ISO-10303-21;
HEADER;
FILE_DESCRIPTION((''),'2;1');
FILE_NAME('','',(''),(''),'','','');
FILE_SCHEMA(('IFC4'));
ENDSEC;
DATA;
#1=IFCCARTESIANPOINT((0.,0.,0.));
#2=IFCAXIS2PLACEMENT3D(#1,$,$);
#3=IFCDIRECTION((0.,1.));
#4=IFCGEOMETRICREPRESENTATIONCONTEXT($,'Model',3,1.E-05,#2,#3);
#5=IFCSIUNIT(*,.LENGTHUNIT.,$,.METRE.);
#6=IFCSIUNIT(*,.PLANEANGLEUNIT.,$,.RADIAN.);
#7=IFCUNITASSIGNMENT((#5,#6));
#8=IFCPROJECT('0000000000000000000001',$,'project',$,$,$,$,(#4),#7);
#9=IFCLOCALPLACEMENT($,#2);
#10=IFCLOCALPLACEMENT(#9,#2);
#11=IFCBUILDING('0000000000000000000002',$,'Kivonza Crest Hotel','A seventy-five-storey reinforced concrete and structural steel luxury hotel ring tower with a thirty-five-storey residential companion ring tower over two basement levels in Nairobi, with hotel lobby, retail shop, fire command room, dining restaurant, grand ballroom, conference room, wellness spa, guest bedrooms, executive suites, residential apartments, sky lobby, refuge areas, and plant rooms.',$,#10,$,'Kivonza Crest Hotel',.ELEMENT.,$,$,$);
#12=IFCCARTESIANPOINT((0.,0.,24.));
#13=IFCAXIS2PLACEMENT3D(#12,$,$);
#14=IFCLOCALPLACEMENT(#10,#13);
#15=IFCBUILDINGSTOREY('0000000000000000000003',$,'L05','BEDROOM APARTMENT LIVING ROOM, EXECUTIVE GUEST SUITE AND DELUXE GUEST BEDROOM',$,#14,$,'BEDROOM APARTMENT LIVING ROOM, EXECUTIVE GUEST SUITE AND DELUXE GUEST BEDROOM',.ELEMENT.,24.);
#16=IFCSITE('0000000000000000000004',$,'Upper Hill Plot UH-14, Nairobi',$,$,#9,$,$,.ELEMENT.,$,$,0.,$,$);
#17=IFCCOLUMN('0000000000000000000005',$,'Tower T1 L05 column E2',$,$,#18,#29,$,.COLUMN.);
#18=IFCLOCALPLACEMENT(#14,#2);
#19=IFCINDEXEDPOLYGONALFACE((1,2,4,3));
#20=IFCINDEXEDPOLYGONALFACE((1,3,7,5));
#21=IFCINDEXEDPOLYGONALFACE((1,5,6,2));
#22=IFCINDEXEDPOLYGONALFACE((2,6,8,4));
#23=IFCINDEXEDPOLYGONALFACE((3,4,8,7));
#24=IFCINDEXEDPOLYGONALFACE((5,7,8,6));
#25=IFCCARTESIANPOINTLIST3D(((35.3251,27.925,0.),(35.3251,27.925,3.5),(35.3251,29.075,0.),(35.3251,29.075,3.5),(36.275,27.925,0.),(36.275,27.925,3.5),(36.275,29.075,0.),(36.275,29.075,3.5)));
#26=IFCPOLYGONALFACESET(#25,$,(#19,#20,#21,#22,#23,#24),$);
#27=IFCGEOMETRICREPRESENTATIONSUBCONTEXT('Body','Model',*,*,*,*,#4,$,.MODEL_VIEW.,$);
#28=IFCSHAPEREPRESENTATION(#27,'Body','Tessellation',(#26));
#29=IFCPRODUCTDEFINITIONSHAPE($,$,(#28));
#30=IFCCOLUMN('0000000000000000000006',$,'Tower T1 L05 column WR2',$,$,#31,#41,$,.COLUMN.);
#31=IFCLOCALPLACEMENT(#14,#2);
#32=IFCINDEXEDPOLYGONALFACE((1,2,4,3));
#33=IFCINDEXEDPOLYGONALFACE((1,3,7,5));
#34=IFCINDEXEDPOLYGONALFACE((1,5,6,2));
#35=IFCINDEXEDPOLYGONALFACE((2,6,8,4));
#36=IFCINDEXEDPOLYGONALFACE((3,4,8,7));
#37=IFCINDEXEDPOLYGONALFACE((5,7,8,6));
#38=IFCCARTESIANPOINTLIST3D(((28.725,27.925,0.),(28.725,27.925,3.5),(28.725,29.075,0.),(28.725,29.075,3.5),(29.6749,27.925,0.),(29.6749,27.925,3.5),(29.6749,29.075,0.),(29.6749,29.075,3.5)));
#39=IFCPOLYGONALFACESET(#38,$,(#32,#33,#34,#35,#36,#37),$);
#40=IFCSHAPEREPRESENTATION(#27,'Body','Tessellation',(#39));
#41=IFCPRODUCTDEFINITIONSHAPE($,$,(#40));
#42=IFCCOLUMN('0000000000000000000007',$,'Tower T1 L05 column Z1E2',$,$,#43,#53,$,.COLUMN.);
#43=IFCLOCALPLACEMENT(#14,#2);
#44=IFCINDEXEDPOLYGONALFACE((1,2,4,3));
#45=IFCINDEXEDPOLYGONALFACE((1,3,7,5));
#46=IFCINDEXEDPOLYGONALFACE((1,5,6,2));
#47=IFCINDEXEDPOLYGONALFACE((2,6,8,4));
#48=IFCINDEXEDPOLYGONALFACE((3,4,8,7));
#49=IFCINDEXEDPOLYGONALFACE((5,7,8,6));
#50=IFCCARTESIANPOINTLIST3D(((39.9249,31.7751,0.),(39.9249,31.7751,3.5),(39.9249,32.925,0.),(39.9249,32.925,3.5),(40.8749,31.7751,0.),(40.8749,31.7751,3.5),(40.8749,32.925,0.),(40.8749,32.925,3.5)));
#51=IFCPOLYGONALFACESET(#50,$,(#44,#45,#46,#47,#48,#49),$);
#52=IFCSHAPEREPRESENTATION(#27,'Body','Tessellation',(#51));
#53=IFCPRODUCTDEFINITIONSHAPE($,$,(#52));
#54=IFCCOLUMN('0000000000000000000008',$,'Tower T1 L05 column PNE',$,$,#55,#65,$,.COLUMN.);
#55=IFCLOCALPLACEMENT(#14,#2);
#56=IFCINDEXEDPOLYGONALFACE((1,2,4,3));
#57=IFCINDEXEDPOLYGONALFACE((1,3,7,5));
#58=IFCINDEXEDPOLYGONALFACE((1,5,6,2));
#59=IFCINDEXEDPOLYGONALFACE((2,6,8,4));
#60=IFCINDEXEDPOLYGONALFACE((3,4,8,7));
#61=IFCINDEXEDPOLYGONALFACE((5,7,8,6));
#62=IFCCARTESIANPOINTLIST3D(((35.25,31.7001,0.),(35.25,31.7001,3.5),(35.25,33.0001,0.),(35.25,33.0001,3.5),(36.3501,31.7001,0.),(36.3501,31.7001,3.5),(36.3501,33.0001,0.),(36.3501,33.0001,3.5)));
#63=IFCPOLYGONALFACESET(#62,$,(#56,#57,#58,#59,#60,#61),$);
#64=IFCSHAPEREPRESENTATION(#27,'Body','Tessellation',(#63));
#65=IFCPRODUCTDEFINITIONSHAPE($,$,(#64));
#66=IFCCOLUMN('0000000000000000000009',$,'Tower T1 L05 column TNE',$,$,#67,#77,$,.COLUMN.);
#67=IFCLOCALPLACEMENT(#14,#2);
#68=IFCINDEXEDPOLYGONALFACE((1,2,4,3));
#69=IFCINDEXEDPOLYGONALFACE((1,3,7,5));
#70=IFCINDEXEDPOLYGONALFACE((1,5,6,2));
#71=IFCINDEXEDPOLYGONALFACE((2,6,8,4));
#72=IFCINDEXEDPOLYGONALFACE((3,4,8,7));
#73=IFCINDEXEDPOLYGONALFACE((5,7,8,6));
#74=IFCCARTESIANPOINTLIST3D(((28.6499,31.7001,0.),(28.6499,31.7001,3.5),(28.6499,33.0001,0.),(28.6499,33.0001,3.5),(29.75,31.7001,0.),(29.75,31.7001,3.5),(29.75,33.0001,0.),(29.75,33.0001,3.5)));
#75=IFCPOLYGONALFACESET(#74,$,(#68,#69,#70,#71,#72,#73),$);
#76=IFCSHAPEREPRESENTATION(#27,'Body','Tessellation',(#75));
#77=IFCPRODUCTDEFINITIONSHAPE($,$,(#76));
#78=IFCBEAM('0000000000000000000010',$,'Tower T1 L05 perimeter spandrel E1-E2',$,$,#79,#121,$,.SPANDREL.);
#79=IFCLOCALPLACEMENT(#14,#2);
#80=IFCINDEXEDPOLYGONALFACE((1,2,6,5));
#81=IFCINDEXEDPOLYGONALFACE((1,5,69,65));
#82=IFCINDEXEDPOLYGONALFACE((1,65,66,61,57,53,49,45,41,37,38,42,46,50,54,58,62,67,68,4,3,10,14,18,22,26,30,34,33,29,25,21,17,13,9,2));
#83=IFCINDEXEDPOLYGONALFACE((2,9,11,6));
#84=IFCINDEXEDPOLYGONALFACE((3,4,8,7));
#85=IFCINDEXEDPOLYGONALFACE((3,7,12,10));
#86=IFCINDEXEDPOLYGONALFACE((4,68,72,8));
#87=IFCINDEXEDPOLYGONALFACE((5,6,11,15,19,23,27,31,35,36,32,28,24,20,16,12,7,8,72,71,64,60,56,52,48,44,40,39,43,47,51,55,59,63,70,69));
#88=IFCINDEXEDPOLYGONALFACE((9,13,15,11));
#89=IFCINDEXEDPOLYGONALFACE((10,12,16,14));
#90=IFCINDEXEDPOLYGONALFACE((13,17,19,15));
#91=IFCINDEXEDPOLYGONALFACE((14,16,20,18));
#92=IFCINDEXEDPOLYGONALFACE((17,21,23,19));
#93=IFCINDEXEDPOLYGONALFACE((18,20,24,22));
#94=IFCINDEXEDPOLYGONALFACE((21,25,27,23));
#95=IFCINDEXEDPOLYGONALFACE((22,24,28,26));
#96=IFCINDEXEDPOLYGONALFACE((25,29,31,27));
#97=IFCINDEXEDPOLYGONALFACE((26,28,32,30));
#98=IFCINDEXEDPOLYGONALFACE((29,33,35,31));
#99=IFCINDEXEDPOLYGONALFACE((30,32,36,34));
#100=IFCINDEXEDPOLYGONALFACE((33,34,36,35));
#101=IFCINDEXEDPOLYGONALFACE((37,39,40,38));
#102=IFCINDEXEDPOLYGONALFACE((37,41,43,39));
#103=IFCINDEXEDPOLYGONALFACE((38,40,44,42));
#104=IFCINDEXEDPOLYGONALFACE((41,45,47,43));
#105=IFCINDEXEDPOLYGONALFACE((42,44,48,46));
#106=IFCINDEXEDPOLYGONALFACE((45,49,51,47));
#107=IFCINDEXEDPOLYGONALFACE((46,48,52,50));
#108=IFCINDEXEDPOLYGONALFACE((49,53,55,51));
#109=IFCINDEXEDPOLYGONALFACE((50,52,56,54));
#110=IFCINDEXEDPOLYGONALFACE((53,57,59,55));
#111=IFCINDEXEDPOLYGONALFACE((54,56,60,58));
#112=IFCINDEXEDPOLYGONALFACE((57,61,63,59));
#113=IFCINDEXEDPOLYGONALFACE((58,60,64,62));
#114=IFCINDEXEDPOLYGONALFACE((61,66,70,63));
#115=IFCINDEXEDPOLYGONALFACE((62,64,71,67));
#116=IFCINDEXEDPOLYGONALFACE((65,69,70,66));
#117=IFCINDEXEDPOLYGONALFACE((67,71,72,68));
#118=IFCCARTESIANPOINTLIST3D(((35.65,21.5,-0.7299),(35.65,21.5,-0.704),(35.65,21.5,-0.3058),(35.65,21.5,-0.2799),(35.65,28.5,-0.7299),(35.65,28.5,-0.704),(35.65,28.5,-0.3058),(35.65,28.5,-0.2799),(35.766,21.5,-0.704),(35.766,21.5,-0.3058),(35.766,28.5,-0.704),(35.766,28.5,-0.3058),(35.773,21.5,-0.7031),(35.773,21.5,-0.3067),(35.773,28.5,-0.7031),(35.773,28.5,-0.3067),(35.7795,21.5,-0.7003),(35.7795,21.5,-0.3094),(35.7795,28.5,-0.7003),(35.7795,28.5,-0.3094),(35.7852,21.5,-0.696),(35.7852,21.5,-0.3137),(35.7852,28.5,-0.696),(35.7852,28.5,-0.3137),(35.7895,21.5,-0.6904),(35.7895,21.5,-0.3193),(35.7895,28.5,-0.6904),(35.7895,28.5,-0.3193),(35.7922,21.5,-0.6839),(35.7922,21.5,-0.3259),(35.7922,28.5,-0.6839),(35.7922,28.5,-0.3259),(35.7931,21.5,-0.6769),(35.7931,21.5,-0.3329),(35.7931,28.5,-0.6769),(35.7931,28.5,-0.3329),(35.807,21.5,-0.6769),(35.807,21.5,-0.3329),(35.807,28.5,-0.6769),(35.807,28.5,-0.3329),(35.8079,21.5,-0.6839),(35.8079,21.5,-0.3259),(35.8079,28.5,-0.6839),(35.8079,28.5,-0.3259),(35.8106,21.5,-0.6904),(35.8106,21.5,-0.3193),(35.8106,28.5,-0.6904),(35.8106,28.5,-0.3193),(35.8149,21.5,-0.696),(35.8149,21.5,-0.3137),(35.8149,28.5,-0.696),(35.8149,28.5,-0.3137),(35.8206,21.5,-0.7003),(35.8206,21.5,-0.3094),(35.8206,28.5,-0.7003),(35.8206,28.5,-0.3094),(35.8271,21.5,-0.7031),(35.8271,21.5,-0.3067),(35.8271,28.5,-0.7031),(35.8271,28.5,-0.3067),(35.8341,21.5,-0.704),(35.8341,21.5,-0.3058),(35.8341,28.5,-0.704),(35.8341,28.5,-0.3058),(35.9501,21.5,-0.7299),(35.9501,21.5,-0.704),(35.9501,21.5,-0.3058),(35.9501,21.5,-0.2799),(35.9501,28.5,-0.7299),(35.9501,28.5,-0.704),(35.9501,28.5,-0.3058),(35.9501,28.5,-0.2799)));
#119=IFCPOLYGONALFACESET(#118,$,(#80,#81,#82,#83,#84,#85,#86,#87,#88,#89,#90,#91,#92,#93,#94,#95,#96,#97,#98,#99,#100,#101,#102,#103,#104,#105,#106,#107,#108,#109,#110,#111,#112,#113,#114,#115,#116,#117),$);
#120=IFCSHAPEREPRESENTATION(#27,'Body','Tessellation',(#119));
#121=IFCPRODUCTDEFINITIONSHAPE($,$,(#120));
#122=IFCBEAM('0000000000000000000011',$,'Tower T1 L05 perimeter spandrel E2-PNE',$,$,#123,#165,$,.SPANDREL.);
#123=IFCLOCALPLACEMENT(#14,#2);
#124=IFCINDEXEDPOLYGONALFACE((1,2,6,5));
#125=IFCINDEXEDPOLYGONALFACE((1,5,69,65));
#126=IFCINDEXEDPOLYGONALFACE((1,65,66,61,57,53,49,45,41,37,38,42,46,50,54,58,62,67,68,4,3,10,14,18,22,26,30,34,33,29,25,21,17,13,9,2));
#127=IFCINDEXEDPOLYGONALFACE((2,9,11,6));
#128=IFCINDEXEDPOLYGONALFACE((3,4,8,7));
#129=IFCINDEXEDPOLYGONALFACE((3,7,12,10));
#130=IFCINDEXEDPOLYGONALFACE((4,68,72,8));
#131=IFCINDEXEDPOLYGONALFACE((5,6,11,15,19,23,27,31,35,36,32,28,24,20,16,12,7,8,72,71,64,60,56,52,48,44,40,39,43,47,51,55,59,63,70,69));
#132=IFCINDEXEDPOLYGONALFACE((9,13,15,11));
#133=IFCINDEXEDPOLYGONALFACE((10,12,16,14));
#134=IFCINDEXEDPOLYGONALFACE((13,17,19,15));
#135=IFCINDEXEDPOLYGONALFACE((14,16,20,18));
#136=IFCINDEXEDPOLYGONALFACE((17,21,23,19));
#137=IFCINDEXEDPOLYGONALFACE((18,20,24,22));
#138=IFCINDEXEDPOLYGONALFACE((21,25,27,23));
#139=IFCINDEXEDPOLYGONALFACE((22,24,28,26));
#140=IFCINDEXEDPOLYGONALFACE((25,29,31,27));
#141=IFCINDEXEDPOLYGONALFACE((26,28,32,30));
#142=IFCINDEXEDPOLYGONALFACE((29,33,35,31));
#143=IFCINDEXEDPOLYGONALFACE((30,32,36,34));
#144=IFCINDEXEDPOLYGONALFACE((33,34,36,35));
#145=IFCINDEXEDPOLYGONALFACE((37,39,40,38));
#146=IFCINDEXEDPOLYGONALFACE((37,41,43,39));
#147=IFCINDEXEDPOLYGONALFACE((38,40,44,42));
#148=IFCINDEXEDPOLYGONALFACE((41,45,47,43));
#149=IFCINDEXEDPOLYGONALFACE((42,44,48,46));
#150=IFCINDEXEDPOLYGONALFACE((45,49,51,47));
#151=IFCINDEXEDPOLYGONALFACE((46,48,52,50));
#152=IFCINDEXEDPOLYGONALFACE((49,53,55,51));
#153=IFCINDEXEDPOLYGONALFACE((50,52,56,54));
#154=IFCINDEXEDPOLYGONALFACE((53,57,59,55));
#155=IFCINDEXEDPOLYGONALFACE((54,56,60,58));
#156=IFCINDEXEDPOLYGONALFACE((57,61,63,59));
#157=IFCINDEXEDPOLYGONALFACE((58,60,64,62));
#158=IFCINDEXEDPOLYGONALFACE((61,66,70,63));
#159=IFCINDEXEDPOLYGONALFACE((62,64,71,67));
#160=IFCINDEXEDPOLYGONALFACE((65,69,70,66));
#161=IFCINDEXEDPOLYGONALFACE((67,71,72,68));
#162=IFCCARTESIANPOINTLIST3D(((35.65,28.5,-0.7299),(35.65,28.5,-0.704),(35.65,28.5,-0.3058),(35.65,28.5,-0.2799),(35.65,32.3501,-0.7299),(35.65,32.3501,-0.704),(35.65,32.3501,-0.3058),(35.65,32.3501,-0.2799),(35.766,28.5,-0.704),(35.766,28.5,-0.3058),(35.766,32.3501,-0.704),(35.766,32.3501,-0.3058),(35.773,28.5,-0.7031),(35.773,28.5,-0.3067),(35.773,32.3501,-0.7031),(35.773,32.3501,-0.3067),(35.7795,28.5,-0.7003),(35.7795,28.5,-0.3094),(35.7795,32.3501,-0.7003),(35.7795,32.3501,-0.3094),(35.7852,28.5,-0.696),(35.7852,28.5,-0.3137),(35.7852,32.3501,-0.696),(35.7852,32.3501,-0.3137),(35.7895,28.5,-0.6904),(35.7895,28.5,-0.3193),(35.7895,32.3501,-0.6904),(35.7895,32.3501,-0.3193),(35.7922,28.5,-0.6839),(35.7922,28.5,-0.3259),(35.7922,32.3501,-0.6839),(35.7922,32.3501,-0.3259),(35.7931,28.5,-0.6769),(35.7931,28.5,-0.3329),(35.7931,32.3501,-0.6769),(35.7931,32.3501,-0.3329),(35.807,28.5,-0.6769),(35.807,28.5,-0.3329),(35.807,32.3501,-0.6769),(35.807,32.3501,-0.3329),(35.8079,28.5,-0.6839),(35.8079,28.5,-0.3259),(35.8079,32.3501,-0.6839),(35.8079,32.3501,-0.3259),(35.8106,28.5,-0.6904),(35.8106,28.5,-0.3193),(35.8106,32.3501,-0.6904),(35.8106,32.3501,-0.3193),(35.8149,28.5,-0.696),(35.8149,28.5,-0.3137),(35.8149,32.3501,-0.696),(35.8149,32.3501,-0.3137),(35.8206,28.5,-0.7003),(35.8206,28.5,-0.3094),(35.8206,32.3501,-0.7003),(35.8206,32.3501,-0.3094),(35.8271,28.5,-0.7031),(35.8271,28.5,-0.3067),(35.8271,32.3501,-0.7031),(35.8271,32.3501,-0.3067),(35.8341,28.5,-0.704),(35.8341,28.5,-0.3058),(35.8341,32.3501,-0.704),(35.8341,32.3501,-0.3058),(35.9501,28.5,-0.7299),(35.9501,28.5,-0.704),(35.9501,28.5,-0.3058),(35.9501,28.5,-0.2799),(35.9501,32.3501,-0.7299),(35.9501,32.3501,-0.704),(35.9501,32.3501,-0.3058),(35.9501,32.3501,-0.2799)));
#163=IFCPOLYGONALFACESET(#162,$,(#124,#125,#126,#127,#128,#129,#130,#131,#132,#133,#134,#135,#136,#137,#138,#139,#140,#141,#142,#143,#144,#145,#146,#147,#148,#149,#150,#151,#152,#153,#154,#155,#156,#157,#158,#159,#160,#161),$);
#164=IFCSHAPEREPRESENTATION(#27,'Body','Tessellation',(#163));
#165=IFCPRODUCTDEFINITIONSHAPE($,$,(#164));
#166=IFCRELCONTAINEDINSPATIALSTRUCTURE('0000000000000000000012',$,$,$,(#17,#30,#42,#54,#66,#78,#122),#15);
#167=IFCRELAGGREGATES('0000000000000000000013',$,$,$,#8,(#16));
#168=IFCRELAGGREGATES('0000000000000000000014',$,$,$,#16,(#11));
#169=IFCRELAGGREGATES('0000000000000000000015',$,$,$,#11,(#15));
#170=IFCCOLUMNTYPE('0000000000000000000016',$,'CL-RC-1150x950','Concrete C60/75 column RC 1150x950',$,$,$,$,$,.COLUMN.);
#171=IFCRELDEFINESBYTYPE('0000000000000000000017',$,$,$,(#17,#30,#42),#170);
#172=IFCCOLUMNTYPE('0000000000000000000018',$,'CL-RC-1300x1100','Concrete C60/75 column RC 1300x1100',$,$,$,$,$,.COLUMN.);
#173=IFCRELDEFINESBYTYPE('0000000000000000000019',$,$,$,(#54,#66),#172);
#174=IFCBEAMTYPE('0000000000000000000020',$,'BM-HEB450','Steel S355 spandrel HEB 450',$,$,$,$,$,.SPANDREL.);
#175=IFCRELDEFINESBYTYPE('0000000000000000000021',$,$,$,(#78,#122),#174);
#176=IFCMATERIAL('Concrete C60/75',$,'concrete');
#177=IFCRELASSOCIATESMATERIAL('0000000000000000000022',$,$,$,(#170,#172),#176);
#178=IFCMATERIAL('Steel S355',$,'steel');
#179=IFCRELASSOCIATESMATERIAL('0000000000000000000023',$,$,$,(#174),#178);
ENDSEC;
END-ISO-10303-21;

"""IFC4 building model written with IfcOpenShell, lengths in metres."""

from ifc_helpers import new_model, si_unit, direction, frame, origin, origin_2d, place, context, subcontext, project, spatial, rectangle, i_section, extrude, material, material_profile, profile_set, type_object, element, save


model = new_model("IFC4")

# Units and contexts
model_context = context("Model", 3, precision=1e-05, world=origin(), true_north=direction((0.0, 1.0)))
body_context = subcontext(model_context, "Body", "Model", "MODEL_VIEW")
ifc_project = project(units=[si_unit("LENGTHUNIT", "METRE"), si_unit("PLANEANGLEUNIT", "RADIAN")], contexts=[model_context])

# Site, building, storey
site_placement = place(None, origin())
site = spatial("IfcSite", under=ifc_project, at=site_placement, Name="Upper Hill Plot UH-14, Nairobi", CompositionType="ELEMENT", RefElevation=0.0)
building_placement = place(site_placement, origin())
building = spatial("IfcBuilding", under=site, at=building_placement, Name="Kivonza Crest Hotel", Description="A seventy-five-storey reinforced concrete and structural steel luxury hotel ring tower with a thirty-five-storey residential companion ring tower over two basement levels in Nairobi, with hotel lobby, retail shop, fire command room, dining restaurant, grand ballroom, conference room, wellness spa, guest bedrooms, executive suites, residential apartments, sky lobby, refuge areas, and plant rooms.", LongName="Kivonza Crest Hotel", CompositionType="ELEMENT")
storey_placement = place(building_placement, frame((0.0, 0.0, 24.0)))
storey = spatial("IfcBuildingStorey", under=building, at=storey_placement, Name="L05", Description="BEDROOM APARTMENT LIVING ROOM, EXECUTIVE GUEST SUITE AND DELUXE GUEST BEDROOM", LongName="BEDROOM APARTMENT LIVING ROOM, EXECUTIVE GUEST SUITE AND DELUXE GUEST BEDROOM", CompositionType="ELEMENT", Elevation=24.0)

# Columns
ifc_material_1 = material(Name="Concrete C60/75", Category="concrete")
ifc_material_profile_1 = material_profile(ifc_material_1, rectangle(XDim=0.95, YDim=1.1499, at=origin_2d()), Name="RC 1150x950")
ifc_profile_set_1 = profile_set([ifc_material_profile_1], Name="Concrete C60/75")
column_type_1 = type_object("IfcColumnType", Name="CL-RC-1150x950", Description="Concrete C60/75 column RC 1150x950", PredefinedType="COLUMN", material=ifc_profile_set_1)
for number, where, z_axis, x_axis, name in (
    (1, (35.8, 28.5, 0.0), (0.0, 0.0, 1.0), (1.0, 0.0, 0.0), "Tower T1 L05 column E2"),
    (2, (29.2, 28.5, 0.0), (0.0, 0.0, 1.0), (1.0, 0.0, 0.0), "Tower T1 L05 column WR2"),
    (3, (40.3999, 32.3501, 0.0), (0.0, 0.0, 1.0), (1.0, 0.0, 0.0), "Tower T1 L05 column Z1E2"),
):
    element("IfcColumn", number, at=place(storey_placement, frame(where, z_axis=z_axis, x_axis=x_axis)), inside=storey, type_object=column_type_1, Name=name, PredefinedType="COLUMN", context=body_context, shape_type="SweptSolid", body=[
        extrude(rectangle(XDim=0.95, YDim=1.1499, at=origin_2d()), origin(), (0.0, 0.0, 1.0), 3.5),
    ])
ifc_material_profile_2 = material_profile(ifc_material_1, rectangle(XDim=1.1001, YDim=1.3, at=origin_2d()), Name="RC 1300x1100")
ifc_profile_set_2 = profile_set([ifc_material_profile_2], Name="Concrete C60/75")
column_type_2 = type_object("IfcColumnType", Name="CL-RC-1300x1100", Description="Concrete C60/75 column RC 1300x1100", PredefinedType="COLUMN", material=ifc_profile_set_2)
for number, where, z_axis, x_axis, name in (
    (4, (35.8, 32.3501, 0.0), (0.0, 0.0, 1.0), (1.0, 0.0, 0.0), "Tower T1 L05 column PNE"),
    (5, (29.2, 32.3501, 0.0), (0.0, 0.0, 1.0), (1.0, 0.0, 0.0), "Tower T1 L05 column TNE"),
):
    element("IfcColumn", number, at=place(storey_placement, frame(where, z_axis=z_axis, x_axis=x_axis)), inside=storey, type_object=column_type_2, Name=name, PredefinedType="COLUMN", context=body_context, shape_type="SweptSolid", body=[
        extrude(rectangle(XDim=1.1001, YDim=1.3, at=origin_2d()), origin(), (0.0, 0.0, 1.0), 3.5),
    ])

# Beams
ifc_material_2 = material(Name="Steel S355", Category="steel")
ifc_material_profile_3 = material_profile(ifc_material_2, i_section(OverallWidth=0.3, OverallDepth=0.45, WebThickness=0.0139, FlangeThickness=0.0259, FilletRadius=0.0271, at=origin_2d()), Name="HEB 450")
ifc_profile_set_3 = profile_set([ifc_material_profile_3], Name="Steel S355")
beam_type_1 = type_object("IfcBeamType", Name="BM-HEB450", Description="Steel S355 spandrel HEB 450", PredefinedType="SPANDREL", material=ifc_profile_set_3)
beam_1_placement = place(storey_placement, frame((35.8, 21.5, -0.5049), z_axis=(0.0, 1.0, 0.0), x_axis=(-1.0, 0.0, 0.0)))
element("IfcBeam", 6, at=beam_1_placement, inside=storey, type_object=beam_type_1, Name="Tower T1 L05 perimeter spandrel E1-E2", PredefinedType="SPANDREL", context=body_context, shape_type="SweptSolid", body=[
    extrude(i_section(OverallWidth=0.3, OverallDepth=0.45, WebThickness=0.0139, FlangeThickness=0.0259, FilletRadius=0.0271, at=origin_2d()), origin(), (0.0, 0.0, 1.0), 7.0),
])
beam_2_placement = place(storey_placement, frame((35.8, 28.5, -0.5049), z_axis=(0.0, 1.0, 0.0), x_axis=(-1.0, 0.0, 0.0)))
element("IfcBeam", 7, at=beam_2_placement, inside=storey, type_object=beam_type_1, Name="Tower T1 L05 perimeter spandrel E2-PNE", PredefinedType="SPANDREL", context=body_context, shape_type="SweptSolid", body=[
    extrude(i_section(OverallWidth=0.3, OverallDepth=0.45, WebThickness=0.0139, FlangeThickness=0.0259, FilletRadius=0.0271, at=origin_2d()), origin(), (0.0, 0.0, 1.0), 3.8501),
])

save(model, "model.ifc")
